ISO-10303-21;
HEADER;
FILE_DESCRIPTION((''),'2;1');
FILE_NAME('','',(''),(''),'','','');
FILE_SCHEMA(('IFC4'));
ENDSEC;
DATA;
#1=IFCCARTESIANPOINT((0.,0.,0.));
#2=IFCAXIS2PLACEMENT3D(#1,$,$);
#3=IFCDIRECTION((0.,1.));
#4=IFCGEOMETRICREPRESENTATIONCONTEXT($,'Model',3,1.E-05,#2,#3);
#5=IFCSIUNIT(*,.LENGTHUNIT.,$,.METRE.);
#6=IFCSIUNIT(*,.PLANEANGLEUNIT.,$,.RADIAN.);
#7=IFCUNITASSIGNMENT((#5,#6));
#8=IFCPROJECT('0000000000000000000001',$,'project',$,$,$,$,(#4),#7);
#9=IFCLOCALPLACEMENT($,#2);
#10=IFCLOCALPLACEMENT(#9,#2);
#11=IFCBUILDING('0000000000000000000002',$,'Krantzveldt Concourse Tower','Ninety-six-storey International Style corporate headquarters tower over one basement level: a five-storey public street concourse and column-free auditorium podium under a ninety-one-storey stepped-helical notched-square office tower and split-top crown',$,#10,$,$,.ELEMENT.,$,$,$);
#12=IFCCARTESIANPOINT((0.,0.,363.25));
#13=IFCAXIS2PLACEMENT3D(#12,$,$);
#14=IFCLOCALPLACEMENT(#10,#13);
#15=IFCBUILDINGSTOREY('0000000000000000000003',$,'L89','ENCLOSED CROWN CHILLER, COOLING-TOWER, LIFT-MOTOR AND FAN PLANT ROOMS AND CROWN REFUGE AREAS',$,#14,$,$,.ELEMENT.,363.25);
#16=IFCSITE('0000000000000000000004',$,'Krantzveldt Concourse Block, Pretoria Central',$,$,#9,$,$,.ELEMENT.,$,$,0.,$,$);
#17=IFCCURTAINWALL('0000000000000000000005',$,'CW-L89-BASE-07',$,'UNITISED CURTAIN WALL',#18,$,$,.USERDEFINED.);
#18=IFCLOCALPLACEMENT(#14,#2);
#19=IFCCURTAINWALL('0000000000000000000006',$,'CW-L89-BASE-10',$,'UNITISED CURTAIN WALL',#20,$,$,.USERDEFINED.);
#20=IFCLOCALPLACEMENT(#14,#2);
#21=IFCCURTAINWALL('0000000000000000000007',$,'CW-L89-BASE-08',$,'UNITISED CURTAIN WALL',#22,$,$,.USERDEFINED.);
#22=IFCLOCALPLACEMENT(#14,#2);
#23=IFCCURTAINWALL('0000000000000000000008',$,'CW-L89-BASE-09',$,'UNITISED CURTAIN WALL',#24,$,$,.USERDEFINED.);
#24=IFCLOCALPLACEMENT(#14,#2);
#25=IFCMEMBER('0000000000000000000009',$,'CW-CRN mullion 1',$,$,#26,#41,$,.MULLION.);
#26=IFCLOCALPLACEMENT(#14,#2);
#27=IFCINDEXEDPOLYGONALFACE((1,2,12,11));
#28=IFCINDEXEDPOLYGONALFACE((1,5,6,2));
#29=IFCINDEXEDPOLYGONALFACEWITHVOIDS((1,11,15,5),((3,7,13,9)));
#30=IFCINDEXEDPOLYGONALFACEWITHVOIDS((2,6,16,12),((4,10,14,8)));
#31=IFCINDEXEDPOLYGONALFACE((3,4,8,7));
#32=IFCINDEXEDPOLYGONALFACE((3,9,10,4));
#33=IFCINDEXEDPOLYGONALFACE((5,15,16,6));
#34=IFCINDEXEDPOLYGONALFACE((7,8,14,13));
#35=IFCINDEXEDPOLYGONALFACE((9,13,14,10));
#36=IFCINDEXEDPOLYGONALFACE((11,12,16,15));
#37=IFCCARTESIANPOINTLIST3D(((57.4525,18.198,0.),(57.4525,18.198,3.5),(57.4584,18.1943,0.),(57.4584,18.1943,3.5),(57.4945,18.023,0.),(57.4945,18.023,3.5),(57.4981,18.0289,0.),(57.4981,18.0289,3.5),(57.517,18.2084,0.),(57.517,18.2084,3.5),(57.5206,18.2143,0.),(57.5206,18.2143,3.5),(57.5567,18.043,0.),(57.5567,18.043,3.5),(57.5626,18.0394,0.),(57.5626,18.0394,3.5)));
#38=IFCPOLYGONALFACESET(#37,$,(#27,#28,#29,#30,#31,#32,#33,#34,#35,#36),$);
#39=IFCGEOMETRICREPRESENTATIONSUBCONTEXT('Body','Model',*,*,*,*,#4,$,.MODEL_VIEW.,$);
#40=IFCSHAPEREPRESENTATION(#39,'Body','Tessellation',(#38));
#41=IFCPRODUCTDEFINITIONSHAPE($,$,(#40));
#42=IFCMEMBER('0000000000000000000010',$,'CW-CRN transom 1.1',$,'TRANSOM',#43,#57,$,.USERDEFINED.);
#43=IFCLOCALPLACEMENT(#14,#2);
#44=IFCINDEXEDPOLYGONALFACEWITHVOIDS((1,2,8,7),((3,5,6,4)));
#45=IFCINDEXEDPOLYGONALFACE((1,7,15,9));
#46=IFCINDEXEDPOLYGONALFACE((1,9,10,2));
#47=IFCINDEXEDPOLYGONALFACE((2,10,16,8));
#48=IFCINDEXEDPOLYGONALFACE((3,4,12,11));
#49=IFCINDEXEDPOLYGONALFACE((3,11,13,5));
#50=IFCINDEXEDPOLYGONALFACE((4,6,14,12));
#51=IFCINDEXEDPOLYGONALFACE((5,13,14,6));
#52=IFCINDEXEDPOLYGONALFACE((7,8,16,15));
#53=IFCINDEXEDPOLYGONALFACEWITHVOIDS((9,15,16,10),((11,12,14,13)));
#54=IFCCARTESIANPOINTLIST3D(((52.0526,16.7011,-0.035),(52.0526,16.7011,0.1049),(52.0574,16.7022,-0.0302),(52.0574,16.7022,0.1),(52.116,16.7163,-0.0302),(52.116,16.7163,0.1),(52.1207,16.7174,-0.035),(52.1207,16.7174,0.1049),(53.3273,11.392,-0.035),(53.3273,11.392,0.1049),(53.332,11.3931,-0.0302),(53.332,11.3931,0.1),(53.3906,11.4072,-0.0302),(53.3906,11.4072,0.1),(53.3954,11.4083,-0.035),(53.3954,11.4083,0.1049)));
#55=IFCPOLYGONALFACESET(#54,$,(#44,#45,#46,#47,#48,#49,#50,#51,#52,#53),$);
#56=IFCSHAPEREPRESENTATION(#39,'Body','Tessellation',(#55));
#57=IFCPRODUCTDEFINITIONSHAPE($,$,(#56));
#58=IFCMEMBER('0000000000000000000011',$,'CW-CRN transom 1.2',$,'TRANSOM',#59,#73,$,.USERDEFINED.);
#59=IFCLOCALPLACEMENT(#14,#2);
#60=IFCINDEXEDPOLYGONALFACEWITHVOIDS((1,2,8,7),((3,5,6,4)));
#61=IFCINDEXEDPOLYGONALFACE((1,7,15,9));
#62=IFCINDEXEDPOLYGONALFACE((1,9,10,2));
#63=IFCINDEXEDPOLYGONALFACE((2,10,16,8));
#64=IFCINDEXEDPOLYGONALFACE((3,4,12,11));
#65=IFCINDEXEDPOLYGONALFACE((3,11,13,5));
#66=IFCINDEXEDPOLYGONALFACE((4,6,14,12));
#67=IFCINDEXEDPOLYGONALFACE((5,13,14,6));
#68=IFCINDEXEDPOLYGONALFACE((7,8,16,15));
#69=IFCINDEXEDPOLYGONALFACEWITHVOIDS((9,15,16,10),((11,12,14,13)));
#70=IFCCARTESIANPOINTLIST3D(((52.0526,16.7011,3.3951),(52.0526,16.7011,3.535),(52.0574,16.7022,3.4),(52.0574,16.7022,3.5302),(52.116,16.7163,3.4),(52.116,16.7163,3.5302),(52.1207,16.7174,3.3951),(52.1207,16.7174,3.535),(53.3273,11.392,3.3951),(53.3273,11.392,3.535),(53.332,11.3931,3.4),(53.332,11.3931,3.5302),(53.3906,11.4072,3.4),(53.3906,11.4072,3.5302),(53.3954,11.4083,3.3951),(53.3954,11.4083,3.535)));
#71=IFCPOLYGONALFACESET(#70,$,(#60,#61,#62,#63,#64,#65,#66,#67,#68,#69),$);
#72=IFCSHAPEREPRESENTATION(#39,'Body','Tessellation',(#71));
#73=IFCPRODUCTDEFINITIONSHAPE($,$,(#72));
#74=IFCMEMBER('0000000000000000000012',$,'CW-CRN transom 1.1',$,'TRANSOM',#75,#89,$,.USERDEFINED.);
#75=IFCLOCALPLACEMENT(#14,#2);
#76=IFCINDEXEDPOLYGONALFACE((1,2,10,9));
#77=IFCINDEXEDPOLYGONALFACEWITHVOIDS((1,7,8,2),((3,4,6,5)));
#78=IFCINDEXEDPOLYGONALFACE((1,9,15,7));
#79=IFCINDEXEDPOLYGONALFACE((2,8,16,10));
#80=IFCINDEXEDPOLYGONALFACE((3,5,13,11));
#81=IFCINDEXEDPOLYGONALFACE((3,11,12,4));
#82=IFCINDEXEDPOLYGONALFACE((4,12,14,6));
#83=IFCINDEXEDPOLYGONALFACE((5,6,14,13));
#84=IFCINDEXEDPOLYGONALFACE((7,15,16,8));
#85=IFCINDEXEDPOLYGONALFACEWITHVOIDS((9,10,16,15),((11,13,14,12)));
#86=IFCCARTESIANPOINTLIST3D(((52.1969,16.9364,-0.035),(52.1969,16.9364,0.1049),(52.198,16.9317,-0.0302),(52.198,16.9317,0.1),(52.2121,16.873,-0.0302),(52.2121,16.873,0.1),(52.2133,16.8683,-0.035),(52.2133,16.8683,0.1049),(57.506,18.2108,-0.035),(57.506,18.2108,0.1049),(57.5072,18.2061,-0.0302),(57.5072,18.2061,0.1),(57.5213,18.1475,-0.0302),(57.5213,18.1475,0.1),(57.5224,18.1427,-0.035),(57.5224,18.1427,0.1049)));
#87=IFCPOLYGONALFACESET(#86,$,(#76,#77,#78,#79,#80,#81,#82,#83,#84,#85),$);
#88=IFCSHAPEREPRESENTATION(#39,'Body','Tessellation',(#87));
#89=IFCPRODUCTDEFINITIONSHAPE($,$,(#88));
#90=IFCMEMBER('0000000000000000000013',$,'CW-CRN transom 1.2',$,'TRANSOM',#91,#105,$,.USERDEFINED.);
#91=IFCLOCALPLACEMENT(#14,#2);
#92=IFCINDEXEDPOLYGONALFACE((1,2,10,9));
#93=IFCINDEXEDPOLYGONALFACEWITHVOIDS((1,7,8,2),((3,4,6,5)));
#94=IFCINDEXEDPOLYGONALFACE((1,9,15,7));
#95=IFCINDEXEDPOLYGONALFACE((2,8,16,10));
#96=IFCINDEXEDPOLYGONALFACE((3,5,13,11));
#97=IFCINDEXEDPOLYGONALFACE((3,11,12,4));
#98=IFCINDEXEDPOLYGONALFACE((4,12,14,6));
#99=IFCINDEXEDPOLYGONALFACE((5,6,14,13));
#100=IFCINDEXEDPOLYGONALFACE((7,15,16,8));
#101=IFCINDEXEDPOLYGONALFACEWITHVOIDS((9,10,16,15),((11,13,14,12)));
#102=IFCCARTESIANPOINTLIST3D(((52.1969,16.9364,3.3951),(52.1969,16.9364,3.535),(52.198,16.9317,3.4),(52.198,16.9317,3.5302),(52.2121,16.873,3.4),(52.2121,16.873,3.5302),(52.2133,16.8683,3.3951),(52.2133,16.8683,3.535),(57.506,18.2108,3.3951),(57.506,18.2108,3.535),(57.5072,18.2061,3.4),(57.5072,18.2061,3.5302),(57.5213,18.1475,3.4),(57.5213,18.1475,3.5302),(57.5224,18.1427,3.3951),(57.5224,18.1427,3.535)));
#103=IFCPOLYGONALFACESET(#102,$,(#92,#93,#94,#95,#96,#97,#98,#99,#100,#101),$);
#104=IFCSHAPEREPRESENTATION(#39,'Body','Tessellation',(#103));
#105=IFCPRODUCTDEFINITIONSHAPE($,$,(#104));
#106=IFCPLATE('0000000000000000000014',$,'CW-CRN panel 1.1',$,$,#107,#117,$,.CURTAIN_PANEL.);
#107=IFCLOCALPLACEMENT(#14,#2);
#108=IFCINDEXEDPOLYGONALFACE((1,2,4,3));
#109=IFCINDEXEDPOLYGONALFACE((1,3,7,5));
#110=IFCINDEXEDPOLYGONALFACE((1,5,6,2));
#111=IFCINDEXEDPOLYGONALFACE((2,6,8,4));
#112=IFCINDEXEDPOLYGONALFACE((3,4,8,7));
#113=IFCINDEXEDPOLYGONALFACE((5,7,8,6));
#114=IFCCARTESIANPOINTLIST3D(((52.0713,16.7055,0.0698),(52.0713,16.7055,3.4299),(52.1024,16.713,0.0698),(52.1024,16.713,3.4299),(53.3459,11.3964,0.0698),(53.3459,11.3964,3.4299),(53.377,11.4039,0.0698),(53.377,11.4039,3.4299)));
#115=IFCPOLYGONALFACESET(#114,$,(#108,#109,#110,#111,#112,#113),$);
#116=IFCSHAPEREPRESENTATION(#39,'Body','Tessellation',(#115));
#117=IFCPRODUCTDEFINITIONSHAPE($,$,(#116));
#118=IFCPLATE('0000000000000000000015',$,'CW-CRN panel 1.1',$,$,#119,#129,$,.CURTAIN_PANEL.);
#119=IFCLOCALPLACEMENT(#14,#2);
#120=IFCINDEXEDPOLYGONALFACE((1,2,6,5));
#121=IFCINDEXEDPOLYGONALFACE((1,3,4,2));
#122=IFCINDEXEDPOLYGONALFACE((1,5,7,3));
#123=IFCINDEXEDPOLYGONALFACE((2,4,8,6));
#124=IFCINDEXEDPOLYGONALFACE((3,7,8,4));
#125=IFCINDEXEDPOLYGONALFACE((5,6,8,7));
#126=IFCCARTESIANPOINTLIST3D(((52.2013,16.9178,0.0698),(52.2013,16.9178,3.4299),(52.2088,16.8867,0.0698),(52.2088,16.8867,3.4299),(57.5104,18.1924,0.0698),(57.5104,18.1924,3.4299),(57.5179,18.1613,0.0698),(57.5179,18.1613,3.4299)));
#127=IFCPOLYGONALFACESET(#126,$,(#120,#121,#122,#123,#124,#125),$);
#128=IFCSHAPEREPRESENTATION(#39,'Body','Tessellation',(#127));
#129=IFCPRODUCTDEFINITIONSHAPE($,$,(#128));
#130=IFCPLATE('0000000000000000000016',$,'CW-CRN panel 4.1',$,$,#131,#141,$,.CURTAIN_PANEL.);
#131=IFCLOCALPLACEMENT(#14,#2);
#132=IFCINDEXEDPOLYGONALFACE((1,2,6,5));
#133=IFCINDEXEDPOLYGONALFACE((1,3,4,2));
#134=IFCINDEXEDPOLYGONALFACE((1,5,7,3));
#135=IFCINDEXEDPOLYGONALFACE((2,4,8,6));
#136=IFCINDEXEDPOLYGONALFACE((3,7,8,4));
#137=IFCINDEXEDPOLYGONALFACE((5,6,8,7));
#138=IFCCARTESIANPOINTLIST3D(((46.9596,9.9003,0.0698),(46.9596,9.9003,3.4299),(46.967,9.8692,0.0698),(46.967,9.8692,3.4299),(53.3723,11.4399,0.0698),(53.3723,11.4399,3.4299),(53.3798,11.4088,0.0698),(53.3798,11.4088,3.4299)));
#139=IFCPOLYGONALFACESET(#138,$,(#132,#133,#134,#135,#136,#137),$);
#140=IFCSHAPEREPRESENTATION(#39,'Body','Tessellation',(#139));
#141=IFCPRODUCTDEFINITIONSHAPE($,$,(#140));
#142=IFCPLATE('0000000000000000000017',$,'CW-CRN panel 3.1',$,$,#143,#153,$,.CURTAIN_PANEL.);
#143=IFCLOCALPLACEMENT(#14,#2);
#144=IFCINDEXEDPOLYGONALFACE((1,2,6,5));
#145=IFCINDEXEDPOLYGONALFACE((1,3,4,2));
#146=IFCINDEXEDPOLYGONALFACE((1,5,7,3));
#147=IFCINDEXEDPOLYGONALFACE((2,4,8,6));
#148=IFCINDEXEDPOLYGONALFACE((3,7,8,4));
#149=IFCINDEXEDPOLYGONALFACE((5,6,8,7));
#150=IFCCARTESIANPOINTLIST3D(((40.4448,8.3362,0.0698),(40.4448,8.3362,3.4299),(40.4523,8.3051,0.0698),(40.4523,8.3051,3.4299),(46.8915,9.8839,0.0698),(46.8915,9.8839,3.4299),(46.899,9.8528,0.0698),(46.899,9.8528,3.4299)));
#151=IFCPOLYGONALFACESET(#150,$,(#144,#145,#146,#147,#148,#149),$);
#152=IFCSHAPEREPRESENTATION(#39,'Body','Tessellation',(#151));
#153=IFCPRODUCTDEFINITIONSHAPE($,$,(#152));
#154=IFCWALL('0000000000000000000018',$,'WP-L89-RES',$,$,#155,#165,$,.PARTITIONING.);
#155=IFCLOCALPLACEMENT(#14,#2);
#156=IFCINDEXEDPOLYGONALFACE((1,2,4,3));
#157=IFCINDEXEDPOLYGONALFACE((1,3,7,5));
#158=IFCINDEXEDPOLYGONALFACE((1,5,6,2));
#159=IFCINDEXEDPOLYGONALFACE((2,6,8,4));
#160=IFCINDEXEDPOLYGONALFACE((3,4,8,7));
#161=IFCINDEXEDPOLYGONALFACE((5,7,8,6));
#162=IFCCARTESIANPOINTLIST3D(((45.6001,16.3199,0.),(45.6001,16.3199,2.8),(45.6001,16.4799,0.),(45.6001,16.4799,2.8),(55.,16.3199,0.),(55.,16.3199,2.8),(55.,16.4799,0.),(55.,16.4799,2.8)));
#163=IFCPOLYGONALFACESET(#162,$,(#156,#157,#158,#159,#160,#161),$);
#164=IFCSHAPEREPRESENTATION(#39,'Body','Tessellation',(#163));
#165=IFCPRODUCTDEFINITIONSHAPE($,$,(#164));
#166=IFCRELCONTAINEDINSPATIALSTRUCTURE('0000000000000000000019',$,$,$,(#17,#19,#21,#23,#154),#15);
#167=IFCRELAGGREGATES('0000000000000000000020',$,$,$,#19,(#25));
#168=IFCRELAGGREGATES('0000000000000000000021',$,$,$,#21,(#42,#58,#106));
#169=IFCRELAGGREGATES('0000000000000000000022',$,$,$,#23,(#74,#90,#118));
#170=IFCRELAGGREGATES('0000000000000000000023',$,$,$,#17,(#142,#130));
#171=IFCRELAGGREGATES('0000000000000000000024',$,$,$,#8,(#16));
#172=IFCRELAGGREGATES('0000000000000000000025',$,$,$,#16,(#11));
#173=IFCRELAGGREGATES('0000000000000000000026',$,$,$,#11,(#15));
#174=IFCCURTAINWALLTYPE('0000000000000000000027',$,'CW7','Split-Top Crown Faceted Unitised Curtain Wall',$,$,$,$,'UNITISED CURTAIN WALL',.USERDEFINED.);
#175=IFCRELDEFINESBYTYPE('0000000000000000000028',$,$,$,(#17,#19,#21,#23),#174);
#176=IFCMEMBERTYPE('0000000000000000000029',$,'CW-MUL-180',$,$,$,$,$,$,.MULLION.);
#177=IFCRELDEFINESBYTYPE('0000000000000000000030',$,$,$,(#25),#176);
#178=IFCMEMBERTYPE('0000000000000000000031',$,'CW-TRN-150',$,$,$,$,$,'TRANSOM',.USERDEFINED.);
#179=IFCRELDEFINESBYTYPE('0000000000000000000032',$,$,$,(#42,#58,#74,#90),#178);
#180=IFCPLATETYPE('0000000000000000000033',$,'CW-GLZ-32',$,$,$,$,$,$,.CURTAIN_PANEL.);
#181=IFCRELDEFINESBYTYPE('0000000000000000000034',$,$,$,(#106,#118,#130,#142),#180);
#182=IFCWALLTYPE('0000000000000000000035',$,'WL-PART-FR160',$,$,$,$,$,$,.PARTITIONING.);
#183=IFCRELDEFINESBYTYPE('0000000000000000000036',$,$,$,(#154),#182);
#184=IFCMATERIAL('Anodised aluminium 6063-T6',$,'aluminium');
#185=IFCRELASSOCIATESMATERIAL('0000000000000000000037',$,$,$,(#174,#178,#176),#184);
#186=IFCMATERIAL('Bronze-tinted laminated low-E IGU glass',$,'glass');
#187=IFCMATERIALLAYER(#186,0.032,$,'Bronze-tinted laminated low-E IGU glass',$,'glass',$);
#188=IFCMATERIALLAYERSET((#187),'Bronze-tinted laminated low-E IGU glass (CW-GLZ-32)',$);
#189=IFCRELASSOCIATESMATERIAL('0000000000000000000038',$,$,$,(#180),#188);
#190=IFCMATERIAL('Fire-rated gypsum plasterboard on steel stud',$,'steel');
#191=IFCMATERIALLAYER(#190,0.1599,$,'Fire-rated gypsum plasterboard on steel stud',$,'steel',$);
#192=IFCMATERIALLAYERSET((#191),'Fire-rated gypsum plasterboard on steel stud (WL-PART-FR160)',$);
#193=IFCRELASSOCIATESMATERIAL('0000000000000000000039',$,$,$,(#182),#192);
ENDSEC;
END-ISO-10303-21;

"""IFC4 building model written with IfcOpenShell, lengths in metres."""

from ifc_helpers import new_model, si_unit, direction, frame, frame_2d, origin, origin_2d, place, context, subcontext, project, spatial, rectangle, hollow_rectangle, extrude, source, transform, mapped, material, layer, layer_set, material_profile, profile_set, type_object, type_shapes, element, aggregate, save


model = new_model("IFC4")

# Units and contexts
model_context = context("Model", 3, precision=1e-05, world=origin(), true_north=direction((0.0, 1.0)))
body_context = subcontext(model_context, "Body", "Model", "MODEL_VIEW")
ifc_project = project(units=[si_unit("LENGTHUNIT", "METRE"), si_unit("PLANEANGLEUNIT", "RADIAN")], contexts=[model_context])

# Site, building, storey
site_placement = place(None, origin())
site = spatial("IfcSite", under=ifc_project, at=site_placement, Name="Krantzveldt Concourse Block, Pretoria Central", CompositionType="ELEMENT", RefElevation=0.0)
building_placement = place(site_placement, origin())
building = spatial("IfcBuilding", under=site, at=building_placement, Name="Krantzveldt Concourse Tower", Description="Ninety-six-storey International Style corporate headquarters tower over one basement level: a five-storey public street concourse and column-free auditorium podium under a ninety-one-storey stepped-helical notched-square office tower and split-top crown", CompositionType="ELEMENT")
storey_placement = place(building_placement, frame((0.0, 0.0, 363.25)))
storey = spatial("IfcBuildingStorey", under=building, at=storey_placement, Name="L89", Description="ENCLOSED CROWN CHILLER, COOLING-TOWER, LIFT-MOTOR AND FAN PLANT ROOMS AND CROWN REFUGE AREAS", CompositionType="ELEMENT", Elevation=363.25)

# Curtain walls
ifc_material_1 = material(Name="Anodised aluminium 6063-T6", Category="aluminium")
curtain_wall_type = type_object("IfcCurtainWallType", Name="CW7", Description="Split-Top Crown Faceted Unitised Curtain Wall", ElementType="UNITISED CURTAIN WALL", PredefinedType="USERDEFINED", material=ifc_material_1)
curtain_wall_1_placement = place(storey_placement, origin())
curtain_wall_1 = element("IfcCurtainWall", 1, at=curtain_wall_1_placement, inside=storey, type_object=curtain_wall_type, Name="CW-L89-BASE-07", ObjectType="UNITISED CURTAIN WALL", PredefinedType="USERDEFINED")
ifc_material_profile_1 = material_profile(ifc_material_1, hollow_rectangle(XDim=0.0701, YDim=0.1399, WallThickness=0.0049, at=origin_2d()), Name="Anodised aluminium 6063-T6", Category="aluminium")
ifc_profile_set_1 = profile_set([ifc_material_profile_1], Name="Anodised aluminium 6063-T6 - ALU-TRAN 140x70x5")
member_type_1 = type_object("IfcMemberType", Name="CW-TRN-150", ElementType="TRANSOM", PredefinedType="USERDEFINED", material=ifc_profile_set_1)
curtain_wall_2_placement = place(storey_placement, origin())
curtain_wall_2 = element("IfcCurtainWall", 2, at=curtain_wall_2_placement, inside=storey, type_object=curtain_wall_type, Name="CW-L89-BASE-10", ObjectType="UNITISED CURTAIN WALL", PredefinedType="USERDEFINED")

# Shared definitions
ifc_material_profile_2 = material_profile(ifc_material_1, hollow_rectangle(XDim=0.0701, YDim=0.1799, WallThickness=0.0049, at=origin_2d()), Name="Anodised aluminium 6063-T6", Category="aluminium")
ifc_profile_set_2 = profile_set([ifc_material_profile_2], Name="Anodised aluminium 6063-T6 - ALU-MULL 180x70x5")
member_type_2 = type_object("IfcMemberType", Name="CW-MUL-180", PredefinedType="MULLION", material=ifc_profile_set_2)
shared_shape_1 = source(origin(), body_context, "Body", "SweptSolid", [
    extrude(hollow_rectangle(XDim=0.0701, YDim=0.1799, WallThickness=0.0049, at=origin_2d()), origin(), (0.0, 0.0, 1.0), 3.5),
])
type_shapes(member_type_2, [shared_shape_1])

# Curtain walls
curtain_wall_3_placement = place(storey_placement, origin())
curtain_wall_3 = element("IfcCurtainWall", 3, at=curtain_wall_3_placement, inside=storey, type_object=curtain_wall_type, Name="CW-L89-BASE-08", ObjectType="UNITISED CURTAIN WALL", PredefinedType="USERDEFINED")
curtain_wall_4_placement = place(storey_placement, origin())
curtain_wall_4 = element("IfcCurtainWall", 4, at=curtain_wall_4_placement, inside=storey, type_object=curtain_wall_type, Name="CW-L89-BASE-09", ObjectType="UNITISED CURTAIN WALL", PredefinedType="USERDEFINED")

# Members
member_1_placement = place(storey_placement, frame((57.5076, 18.1187, 0.0), z_axis=(0.0, 0.0, 1.0), x_axis=(-0.97237, -0.233445, 0.0)))
member_1 = element("IfcMember", 5, at=member_1_placement, type_object=member_type_2, Name="CW-CRN mullion 1", PredefinedType="MULLION", context=body_context, shape_type="MappedRepresentation", body=[
    mapped(shared_shape_1, transform((0.0, 0.0, 0.0), x_axis=(1.0, 0.0, 0.0), y_axis=(0.0, 1.0, 0.0), z_axis=(0.0, 0.0, 1.0), scale=1.0)),
])
aggregate(curtain_wall_2, [member_1])
shared_shape_2 = source(origin(), body_context, "Body", "SweptSolid", [
    extrude(hollow_rectangle(XDim=0.0701, YDim=0.1399, WallThickness=0.0049, at=origin_2d()), origin(), (0.0, 0.0, 1.0), 5.46),
])
member_2_placement = place(storey_placement, frame((53.3613, 11.4001, 0.0349), z_axis=(-0.233456, 0.972367, 0.0), x_axis=(-0.972367, -0.233456, 0.0)))
member_2 = element("IfcMember", 6, at=member_2_placement, type_object=member_type_1, Name="CW-CRN transom 1.1", ObjectType="TRANSOM", PredefinedType="USERDEFINED", context=body_context, shape_type="MappedRepresentation", body=[
    mapped(shared_shape_2, transform((0.0, 0.0, 0.0), x_axis=(1.0, 0.0, 0.0), y_axis=(0.0, 1.0, 0.0), z_axis=(0.0, 0.0, 1.0), scale=1.0)),
])
member_3_placement = place(storey_placement, frame((53.3613, 11.4001, 3.4651), z_axis=(-0.233456, 0.972367, 0.0), x_axis=(-0.972367, -0.233456, 0.0)))
member_3 = element("IfcMember", 7, at=member_3_placement, type_object=member_type_1, Name="CW-CRN transom 1.2", ObjectType="TRANSOM", PredefinedType="USERDEFINED", context=body_context, shape_type="MappedRepresentation", body=[
    mapped(shared_shape_2, transform((0.0, 0.0, 0.0), x_axis=(1.0, 0.0, 0.0), y_axis=(0.0, 1.0, 0.0), z_axis=(0.0, 0.0, 1.0), scale=1.0)),
])
member_4_placement = place(storey_placement, frame((52.2051, 16.9023, 0.0349), z_axis=(0.972378, 0.233414, 0.0), x_axis=(-0.233414, 0.972378, 0.0)))
member_4 = element("IfcMember", 8, at=member_4_placement, type_object=member_type_1, Name="CW-CRN transom 1.1", ObjectType="TRANSOM", PredefinedType="USERDEFINED", context=body_context, shape_type="MappedRepresentation", body=[
    mapped(shared_shape_2, transform((0.0, 0.0, 0.0), x_axis=(1.0, 0.0, 0.0), y_axis=(0.0, 1.0, 0.0), z_axis=(0.0, 0.0, 1.0), scale=1.0)),
])
member_5_placement = place(storey_placement, frame((52.2051, 16.9023, 3.4651), z_axis=(0.972378, 0.233414, 0.0), x_axis=(-0.233414, 0.972378, 0.0)))
member_5 = element("IfcMember", 9, at=member_5_placement, type_object=member_type_1, Name="CW-CRN transom 1.2", ObjectType="TRANSOM", PredefinedType="USERDEFINED", context=body_context, shape_type="MappedRepresentation", body=[
    mapped(shared_shape_2, transform((0.0, 0.0, 0.0), x_axis=(1.0, 0.0, 0.0), y_axis=(0.0, 1.0, 0.0), z_axis=(0.0, 0.0, 1.0), scale=1.0)),
])

# Plates
ifc_material_2 = material(Name="Bronze-tinted laminated low-E IGU glass", Category="glass")
ifc_layer_1 = layer(ifc_material_2, 0.032, Name="Bronze-tinted laminated low-E IGU glass", Category="glass")
ifc_layer_set_1 = layer_set([ifc_layer_1], Name="Bronze-tinted laminated low-E IGU glass (CW-GLZ-32)")
plate_type = type_object("IfcPlateType", Name="CW-GLZ-32", PredefinedType="CURTAIN_PANEL", material=ifc_layer_set_1)
shared_shape_3 = source(origin(), body_context, "Body", "SweptSolid", [
    extrude(rectangle(XDim=5.46, YDim=0.032, at=origin_2d()), origin(), (0.0, 0.0, 1.0), 3.3601),
])
plate_1_placement = place(storey_placement, frame((52.7241, 14.0547, 0.0698), z_axis=(0.0, 0.0, 1.0), x_axis=(-0.233446, 0.97237, 0.0)))
plate_1 = element("IfcPlate", 10, at=plate_1_placement, type_object=plate_type, Name="CW-CRN panel 1.1", PredefinedType="CURTAIN_PANEL", context=body_context, shape_type="MappedRepresentation", body=[
    mapped(shared_shape_3, transform((0.0, 0.0, 0.0), x_axis=(1.0, 0.0, 0.0), y_axis=(0.0, 1.0, 0.0), z_axis=(0.0, 0.0, 1.0), scale=1.0)),
])
aggregate(curtain_wall_3, [member_2, member_3, plate_1])
plate_2_placement = place(storey_placement, frame((54.8596, 17.5396, 0.0698), z_axis=(0.0, 0.0, 1.0), x_axis=(0.97237, 0.233444, 0.0)))
plate_2 = element("IfcPlate", 11, at=plate_2_placement, type_object=plate_type, Name="CW-CRN panel 1.1", PredefinedType="CURTAIN_PANEL", context=body_context, shape_type="MappedRepresentation", body=[
    mapped(shared_shape_3, transform((0.0, 0.0, 0.0), x_axis=(1.0, 0.0, 0.0), y_axis=(0.0, 1.0, 0.0), z_axis=(0.0, 0.0, 1.0), scale=1.0)),
])
aggregate(curtain_wall_4, [member_4, member_5, plate_2])
shared_shape_4 = source(origin(), body_context, "Body", "SweptSolid", [
    extrude(rectangle(XDim=6.595, YDim=0.032, at=origin_2d()), origin(), (0.0, 0.0, 1.0), 3.3601),
])
plate_3_placement = place(storey_placement, frame((50.1697, 10.6545, 0.0698), z_axis=(0.0, 0.0, 1.0), x_axis=(0.97237, 0.233445, 0.0)))
plate_3 = element("IfcPlate", 12, at=plate_3_placement, type_object=plate_type, Name="CW-CRN panel 4.1", PredefinedType="CURTAIN_PANEL", context=body_context, shape_type="MappedRepresentation", body=[
    mapped(shared_shape_4, transform((0.0, 0.0, 0.0), x_axis=(1.0, 0.0, 0.0), y_axis=(0.0, 1.0, 0.0), z_axis=(0.0, 0.0, 1.0), scale=1.0)),
])
shared_shape_5 = source(origin(), body_context, "Body", "SweptSolid", [
    extrude(rectangle(XDim=6.6299, YDim=0.032, at=origin_2d()), origin(), (0.0, 0.0, 1.0), 3.3601),
])
type_shapes(plate_type, [shared_shape_3, shared_shape_4, shared_shape_5])
plate_4_placement = place(storey_placement, frame((43.6719, 9.0945, 0.0698), z_axis=(0.0, 0.0, 1.0), x_axis=(0.97237, 0.233445, 0.0)))
plate_4 = element("IfcPlate", 13, at=plate_4_placement, type_object=plate_type, Name="CW-CRN panel 3.1", PredefinedType="CURTAIN_PANEL", context=body_context, shape_type="MappedRepresentation", body=[
    mapped(shared_shape_5, transform((0.0, 0.0, 0.0), x_axis=(1.0, 0.0, 0.0), y_axis=(0.0, 1.0, 0.0), z_axis=(0.0, 0.0, 1.0), scale=1.0)),
])
aggregate(curtain_wall_1, [plate_4, plate_3])

# Wall
ifc_material_3 = material(Name="Fire-rated gypsum plasterboard on steel stud", Category="steel")
ifc_layer_2 = layer(ifc_material_3, 0.1599, Name="Fire-rated gypsum plasterboard on steel stud", Category="steel")
ifc_layer_set_2 = layer_set([ifc_layer_2], Name="Fire-rated gypsum plasterboard on steel stud (WL-PART-FR160)")
wall_type_1 = type_object("IfcWallType", Name="WL-PART-FR160", PredefinedType="PARTITIONING", material=ifc_layer_set_2)
wall_1_placement = place(storey_placement, frame((45.6001, 16.3999, 0.0), z_axis=(0.0, 0.0, 1.0), x_axis=(1.0, 0.0, 0.0)))
element("IfcWall", 14, at=wall_1_placement, inside=storey, type_object=wall_type_1, Name="WP-L89-RES", PredefinedType="PARTITIONING", context=body_context, shape_type="SweptSolid", body=[
    extrude(rectangle(XDim=9.3999, YDim=0.1599, at=frame_2d((4.7, 0.0))), origin(), (0.0, 0.0, 1.0), 2.8),
])

save(model, "model.ifc")
